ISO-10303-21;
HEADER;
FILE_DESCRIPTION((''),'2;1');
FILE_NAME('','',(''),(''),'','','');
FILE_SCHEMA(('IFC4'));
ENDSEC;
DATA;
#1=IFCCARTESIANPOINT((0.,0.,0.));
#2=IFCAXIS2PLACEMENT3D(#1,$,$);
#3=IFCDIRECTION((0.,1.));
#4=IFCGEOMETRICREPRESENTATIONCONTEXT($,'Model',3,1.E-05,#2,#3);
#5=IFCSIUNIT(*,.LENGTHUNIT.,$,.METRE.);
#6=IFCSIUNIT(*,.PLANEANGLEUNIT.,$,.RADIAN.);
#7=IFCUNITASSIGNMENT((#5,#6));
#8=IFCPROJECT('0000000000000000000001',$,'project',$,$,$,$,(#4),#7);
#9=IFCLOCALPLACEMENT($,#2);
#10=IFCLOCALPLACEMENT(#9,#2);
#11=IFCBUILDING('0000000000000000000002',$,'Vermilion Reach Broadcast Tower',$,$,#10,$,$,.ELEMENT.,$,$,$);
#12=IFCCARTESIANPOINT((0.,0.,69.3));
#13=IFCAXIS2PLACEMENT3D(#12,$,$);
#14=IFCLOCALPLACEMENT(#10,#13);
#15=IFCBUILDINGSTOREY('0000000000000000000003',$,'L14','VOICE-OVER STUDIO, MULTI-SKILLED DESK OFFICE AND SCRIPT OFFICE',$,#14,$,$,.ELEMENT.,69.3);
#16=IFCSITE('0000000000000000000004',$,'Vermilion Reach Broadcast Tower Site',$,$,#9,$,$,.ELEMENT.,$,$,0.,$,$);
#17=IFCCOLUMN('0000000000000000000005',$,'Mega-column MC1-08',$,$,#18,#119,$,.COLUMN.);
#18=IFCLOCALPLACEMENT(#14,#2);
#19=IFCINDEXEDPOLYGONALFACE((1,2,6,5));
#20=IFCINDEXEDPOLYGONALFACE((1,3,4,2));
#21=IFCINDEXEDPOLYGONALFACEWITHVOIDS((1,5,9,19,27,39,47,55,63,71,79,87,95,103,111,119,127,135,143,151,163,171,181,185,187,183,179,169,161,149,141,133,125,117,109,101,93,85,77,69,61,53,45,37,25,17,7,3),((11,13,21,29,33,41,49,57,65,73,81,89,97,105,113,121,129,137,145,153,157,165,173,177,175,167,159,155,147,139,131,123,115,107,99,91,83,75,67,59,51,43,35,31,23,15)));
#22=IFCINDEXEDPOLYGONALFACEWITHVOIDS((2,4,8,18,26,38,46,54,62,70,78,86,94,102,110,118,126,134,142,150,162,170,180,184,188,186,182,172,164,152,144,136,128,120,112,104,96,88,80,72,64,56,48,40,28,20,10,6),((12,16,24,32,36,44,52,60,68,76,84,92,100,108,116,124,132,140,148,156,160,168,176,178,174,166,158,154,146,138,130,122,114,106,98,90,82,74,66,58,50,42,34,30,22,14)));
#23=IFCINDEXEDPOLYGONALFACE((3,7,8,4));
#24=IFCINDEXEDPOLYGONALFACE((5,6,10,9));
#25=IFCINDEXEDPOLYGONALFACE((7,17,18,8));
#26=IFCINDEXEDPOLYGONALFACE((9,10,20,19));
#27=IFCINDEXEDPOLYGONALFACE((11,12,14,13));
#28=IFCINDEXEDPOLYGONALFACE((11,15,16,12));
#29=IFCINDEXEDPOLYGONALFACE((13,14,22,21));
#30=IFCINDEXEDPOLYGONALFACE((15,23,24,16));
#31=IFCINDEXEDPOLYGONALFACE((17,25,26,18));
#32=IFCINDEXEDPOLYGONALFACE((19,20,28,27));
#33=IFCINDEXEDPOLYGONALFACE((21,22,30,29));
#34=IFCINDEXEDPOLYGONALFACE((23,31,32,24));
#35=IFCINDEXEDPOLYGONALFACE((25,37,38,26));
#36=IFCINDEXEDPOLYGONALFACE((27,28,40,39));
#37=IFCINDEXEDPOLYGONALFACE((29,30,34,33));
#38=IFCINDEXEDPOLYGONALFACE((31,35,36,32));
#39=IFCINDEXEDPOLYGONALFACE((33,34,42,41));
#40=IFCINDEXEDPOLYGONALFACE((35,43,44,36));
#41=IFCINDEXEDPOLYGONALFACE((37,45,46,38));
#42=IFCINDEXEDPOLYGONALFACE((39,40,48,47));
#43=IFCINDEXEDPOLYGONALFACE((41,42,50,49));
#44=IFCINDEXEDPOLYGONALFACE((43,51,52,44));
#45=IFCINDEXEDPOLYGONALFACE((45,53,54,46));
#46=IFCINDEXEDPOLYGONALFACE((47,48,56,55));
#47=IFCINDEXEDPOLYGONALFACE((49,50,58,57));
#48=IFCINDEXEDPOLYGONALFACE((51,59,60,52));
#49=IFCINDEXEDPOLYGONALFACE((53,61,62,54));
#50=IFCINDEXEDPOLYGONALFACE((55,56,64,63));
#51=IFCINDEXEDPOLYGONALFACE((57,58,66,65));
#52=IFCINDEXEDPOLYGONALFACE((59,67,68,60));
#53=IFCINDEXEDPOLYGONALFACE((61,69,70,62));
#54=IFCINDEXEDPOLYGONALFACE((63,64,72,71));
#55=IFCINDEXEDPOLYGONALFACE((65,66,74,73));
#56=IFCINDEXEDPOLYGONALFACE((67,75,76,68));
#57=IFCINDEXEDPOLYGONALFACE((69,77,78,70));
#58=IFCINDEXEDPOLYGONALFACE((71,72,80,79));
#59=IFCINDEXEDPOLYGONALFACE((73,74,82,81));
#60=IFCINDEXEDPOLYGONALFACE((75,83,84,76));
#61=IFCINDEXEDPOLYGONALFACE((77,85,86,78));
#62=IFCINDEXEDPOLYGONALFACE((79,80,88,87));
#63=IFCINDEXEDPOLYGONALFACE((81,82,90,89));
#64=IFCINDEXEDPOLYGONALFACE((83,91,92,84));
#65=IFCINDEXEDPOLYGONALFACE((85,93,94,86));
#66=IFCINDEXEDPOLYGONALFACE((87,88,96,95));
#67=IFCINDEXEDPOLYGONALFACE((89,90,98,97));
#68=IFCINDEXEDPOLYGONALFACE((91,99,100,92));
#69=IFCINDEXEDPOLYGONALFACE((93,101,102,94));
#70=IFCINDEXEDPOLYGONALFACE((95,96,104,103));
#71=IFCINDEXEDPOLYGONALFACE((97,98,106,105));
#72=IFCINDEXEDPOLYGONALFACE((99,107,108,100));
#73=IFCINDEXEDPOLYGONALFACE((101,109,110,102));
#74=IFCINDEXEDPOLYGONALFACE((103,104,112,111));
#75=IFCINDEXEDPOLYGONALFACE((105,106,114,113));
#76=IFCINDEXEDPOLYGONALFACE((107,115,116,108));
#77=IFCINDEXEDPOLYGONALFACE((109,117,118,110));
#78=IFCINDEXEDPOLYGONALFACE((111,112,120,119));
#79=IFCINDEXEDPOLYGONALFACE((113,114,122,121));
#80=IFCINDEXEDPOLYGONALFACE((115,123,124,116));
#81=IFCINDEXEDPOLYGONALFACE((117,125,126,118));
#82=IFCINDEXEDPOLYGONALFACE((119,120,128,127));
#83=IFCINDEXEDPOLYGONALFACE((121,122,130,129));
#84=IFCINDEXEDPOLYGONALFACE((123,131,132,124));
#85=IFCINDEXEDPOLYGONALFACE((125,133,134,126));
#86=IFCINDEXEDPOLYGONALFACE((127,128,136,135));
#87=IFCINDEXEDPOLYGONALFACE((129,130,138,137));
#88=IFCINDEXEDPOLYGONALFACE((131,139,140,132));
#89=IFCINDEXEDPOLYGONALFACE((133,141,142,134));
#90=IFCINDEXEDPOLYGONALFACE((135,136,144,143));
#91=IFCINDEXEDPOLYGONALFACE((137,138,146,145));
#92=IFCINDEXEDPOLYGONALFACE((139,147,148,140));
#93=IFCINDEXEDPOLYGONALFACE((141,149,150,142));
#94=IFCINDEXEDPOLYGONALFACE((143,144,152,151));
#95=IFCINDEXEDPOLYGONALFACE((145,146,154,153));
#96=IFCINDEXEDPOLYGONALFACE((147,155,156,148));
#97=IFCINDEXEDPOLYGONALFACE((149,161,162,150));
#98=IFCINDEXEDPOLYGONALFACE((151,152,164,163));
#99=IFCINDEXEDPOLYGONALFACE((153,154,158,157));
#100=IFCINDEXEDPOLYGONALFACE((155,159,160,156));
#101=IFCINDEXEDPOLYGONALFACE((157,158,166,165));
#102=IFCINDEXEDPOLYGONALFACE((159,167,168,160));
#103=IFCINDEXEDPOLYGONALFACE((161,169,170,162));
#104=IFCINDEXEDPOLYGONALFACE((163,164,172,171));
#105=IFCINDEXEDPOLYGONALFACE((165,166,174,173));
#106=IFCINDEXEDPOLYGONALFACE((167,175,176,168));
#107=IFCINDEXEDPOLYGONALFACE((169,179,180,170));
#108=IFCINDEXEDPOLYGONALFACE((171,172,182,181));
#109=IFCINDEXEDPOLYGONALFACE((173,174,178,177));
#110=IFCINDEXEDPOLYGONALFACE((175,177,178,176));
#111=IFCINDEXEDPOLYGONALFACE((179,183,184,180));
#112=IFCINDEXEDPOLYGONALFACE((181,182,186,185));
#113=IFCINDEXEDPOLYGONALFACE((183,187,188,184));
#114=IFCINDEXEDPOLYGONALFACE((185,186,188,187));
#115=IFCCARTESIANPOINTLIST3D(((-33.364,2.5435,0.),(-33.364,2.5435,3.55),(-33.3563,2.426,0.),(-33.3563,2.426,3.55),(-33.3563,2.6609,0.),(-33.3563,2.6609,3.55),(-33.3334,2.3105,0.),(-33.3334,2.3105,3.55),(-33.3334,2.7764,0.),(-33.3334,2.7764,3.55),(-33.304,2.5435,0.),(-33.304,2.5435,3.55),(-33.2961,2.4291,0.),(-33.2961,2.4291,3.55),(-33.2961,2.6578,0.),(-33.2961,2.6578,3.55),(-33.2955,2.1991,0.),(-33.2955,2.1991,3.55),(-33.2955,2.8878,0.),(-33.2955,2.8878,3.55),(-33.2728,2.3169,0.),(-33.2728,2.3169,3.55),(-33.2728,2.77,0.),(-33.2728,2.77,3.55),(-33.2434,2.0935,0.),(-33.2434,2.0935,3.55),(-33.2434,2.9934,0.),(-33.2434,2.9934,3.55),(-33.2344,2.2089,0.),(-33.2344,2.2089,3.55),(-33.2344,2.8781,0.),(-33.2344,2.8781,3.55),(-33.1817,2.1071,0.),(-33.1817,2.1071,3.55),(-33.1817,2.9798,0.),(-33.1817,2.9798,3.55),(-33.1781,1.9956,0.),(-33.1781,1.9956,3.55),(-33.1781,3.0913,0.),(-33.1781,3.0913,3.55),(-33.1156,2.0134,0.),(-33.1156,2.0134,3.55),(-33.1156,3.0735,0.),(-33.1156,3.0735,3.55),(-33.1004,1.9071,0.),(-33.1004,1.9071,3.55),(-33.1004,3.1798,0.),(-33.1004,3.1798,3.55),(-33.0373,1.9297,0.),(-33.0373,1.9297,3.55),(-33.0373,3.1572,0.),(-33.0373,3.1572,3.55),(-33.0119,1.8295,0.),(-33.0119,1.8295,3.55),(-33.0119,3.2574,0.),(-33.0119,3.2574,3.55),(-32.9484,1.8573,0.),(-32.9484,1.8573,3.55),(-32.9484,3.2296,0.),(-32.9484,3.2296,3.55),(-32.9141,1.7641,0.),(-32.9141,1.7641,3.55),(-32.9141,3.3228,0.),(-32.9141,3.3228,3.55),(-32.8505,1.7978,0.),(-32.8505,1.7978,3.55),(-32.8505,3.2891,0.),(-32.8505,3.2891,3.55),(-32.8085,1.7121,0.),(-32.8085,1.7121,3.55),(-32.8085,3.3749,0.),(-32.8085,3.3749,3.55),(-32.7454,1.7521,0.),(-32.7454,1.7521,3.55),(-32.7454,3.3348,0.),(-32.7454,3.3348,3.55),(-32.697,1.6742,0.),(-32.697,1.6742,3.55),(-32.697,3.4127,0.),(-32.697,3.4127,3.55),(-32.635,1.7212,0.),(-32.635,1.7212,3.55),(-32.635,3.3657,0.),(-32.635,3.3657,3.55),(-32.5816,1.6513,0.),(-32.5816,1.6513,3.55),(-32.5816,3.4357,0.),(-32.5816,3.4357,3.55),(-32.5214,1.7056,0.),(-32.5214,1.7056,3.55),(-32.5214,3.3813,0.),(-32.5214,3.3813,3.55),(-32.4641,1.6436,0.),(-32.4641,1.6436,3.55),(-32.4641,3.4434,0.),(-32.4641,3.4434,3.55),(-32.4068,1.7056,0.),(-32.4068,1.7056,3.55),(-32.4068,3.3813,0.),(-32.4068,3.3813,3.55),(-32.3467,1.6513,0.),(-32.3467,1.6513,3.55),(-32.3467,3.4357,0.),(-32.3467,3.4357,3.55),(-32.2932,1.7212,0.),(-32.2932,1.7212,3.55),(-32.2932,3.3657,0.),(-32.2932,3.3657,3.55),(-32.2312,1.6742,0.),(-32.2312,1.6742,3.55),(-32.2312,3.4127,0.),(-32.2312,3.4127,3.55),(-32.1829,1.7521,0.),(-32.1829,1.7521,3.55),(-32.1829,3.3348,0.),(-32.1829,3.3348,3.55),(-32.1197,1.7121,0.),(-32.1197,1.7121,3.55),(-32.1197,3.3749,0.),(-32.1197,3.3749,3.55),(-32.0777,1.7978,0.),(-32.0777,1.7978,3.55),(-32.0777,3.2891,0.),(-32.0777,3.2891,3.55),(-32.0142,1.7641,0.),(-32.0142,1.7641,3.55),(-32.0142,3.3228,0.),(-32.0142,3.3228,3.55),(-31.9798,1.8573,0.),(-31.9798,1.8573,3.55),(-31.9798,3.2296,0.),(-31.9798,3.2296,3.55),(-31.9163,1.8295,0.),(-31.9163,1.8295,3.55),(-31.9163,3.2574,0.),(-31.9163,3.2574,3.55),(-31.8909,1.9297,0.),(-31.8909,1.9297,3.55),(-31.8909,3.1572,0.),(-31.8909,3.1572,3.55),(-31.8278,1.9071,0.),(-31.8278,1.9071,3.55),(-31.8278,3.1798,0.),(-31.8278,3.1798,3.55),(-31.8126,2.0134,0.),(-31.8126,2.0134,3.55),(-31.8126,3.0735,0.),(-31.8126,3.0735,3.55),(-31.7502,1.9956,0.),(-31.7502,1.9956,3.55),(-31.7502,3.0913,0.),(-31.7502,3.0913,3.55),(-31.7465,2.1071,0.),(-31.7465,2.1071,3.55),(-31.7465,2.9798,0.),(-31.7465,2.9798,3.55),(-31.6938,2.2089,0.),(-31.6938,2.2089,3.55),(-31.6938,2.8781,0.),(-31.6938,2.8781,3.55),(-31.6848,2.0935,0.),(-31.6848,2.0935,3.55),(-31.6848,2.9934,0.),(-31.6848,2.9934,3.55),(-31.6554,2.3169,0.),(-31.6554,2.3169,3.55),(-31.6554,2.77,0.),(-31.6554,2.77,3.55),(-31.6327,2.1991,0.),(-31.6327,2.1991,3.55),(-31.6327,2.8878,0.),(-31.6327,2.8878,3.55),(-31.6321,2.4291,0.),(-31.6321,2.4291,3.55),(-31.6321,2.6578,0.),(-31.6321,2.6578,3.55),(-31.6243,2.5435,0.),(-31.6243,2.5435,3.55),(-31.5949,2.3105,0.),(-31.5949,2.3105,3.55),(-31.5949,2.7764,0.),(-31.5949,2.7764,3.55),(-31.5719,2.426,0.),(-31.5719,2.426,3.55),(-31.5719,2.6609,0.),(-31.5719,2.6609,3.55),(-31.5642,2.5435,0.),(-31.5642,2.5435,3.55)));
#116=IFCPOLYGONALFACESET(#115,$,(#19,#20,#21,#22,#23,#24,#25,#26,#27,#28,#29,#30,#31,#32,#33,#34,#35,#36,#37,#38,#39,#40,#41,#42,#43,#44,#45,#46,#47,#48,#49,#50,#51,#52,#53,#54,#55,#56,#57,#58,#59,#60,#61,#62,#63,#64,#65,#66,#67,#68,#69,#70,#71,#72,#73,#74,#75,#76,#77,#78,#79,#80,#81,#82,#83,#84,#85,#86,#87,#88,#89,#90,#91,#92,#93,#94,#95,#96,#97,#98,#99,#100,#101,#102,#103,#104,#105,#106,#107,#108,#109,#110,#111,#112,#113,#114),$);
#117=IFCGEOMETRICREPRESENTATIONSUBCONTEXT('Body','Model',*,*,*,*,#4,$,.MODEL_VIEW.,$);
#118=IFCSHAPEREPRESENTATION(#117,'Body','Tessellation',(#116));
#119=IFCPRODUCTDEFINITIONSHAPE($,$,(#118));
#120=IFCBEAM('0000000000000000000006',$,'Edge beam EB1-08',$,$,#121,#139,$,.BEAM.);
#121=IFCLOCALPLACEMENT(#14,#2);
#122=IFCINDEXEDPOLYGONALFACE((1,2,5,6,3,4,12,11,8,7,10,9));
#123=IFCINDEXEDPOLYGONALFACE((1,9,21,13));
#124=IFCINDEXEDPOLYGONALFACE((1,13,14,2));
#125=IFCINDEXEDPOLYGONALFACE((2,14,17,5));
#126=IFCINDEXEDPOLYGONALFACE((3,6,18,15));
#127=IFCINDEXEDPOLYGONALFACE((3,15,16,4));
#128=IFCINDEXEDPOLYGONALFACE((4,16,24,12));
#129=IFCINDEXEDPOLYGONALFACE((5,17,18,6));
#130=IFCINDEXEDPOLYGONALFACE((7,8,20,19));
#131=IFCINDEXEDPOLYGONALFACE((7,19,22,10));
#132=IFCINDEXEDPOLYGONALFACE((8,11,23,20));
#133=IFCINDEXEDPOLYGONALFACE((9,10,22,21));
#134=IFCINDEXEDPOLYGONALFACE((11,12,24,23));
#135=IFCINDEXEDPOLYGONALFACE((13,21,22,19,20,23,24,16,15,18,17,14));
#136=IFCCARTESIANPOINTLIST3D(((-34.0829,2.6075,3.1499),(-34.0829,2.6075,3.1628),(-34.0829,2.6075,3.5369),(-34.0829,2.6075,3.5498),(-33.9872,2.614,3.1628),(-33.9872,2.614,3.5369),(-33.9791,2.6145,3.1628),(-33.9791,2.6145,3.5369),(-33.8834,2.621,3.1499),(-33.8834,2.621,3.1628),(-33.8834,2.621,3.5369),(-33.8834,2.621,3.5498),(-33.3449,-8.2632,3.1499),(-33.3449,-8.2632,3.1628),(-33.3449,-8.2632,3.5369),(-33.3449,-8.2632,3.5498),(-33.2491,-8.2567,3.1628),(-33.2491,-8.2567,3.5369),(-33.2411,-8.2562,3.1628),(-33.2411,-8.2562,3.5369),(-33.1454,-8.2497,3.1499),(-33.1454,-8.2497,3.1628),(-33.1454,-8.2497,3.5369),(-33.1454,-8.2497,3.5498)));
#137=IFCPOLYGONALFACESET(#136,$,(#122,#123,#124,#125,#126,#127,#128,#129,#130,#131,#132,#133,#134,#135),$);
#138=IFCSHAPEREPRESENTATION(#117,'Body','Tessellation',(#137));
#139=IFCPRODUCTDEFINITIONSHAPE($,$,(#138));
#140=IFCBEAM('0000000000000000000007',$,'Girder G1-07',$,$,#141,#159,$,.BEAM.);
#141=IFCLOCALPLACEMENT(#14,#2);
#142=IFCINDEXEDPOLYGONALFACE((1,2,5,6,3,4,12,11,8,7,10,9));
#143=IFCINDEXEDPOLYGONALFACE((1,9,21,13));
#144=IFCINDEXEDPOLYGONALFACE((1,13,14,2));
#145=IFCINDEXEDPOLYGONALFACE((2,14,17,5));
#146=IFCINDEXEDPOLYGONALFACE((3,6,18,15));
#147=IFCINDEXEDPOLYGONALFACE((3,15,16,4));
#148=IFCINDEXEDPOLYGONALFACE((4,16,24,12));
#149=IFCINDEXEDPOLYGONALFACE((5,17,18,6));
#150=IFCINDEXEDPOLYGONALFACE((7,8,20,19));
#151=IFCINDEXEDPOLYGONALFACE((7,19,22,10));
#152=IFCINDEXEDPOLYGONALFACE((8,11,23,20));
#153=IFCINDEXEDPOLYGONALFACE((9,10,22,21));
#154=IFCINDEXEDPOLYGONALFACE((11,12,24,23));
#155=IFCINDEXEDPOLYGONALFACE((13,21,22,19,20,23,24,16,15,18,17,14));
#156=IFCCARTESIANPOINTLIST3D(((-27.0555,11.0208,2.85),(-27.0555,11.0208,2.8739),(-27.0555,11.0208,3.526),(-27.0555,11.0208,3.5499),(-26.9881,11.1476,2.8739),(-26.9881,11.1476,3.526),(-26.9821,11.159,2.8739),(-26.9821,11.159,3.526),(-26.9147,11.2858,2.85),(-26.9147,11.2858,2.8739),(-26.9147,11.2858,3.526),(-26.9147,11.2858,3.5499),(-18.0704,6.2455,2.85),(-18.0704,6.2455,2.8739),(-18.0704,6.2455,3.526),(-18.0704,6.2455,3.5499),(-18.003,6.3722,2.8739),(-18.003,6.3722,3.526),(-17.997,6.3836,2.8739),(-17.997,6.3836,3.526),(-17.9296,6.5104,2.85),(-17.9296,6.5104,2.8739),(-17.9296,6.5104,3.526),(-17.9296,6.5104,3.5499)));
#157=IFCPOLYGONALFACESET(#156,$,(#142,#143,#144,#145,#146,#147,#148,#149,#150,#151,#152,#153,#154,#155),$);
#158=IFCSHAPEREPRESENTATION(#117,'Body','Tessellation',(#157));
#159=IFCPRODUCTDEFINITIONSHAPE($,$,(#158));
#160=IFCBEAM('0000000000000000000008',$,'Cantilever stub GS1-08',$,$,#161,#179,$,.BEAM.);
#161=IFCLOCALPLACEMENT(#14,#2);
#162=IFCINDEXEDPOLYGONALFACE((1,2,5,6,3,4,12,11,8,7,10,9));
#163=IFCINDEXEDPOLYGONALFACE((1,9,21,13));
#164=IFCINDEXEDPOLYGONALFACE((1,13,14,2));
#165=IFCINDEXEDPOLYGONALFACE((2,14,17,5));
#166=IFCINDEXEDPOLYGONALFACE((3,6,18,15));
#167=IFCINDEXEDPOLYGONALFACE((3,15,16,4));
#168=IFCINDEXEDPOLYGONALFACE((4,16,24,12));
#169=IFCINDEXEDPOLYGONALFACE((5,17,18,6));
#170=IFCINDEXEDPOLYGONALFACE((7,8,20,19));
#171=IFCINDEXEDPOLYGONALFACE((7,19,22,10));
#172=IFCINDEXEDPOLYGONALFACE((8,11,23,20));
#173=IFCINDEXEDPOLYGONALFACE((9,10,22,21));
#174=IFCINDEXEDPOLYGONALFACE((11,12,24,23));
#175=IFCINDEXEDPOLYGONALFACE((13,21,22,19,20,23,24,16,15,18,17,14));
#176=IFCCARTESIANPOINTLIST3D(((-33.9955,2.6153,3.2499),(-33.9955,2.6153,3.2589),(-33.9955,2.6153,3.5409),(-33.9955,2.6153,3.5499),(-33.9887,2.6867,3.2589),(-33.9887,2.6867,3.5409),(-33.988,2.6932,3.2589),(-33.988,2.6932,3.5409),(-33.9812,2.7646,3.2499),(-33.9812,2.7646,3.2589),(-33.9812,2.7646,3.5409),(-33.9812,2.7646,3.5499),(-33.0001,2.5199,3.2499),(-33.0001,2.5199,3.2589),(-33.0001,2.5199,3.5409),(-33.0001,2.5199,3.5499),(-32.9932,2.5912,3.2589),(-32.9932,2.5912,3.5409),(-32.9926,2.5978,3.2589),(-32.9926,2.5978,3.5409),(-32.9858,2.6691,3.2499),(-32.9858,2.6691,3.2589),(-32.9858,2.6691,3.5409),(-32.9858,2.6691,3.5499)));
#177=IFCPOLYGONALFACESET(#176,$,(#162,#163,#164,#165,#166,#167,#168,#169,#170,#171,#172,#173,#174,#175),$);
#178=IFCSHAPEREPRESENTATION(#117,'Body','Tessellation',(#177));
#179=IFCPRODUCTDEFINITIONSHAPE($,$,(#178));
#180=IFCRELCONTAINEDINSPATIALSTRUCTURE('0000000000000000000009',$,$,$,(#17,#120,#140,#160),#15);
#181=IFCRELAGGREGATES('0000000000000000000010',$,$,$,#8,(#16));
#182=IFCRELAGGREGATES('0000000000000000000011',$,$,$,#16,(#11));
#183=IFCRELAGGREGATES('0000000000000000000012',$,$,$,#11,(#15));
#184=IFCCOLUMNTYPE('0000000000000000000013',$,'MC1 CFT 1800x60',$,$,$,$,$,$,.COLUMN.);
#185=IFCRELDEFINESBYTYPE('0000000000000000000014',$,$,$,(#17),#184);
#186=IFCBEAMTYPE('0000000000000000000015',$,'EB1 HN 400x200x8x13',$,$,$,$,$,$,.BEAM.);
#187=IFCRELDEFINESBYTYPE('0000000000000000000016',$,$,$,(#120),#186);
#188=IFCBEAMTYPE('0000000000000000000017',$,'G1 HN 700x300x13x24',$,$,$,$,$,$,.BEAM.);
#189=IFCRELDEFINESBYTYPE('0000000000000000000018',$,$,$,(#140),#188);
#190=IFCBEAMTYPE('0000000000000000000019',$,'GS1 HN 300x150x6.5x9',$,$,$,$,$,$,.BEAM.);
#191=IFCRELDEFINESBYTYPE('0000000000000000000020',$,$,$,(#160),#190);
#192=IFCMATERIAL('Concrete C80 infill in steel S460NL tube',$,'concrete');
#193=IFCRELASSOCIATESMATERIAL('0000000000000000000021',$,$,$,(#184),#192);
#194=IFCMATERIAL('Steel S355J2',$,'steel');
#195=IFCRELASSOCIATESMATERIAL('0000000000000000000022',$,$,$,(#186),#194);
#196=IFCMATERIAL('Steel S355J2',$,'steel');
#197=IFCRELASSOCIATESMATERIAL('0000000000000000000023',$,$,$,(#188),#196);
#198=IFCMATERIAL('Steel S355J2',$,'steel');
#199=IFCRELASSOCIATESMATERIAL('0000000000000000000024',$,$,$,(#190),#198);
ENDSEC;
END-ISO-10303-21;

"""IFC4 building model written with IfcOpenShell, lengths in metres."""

from ifc_helpers import new_model, si_unit, direction, frame, origin, origin_2d, place, context, subcontext, project, spatial, hollow_circle, i_section, extrude, material, material_profile, profile_set, type_object, element, save


model = new_model("IFC4")

# Units and contexts
model_context = context("Model", 3, precision=1e-05, world=origin(), true_north=direction((0.0, 1.0)))
body_context = subcontext(model_context, "Body", "Model", "MODEL_VIEW")
ifc_project = project(units=[si_unit("LENGTHUNIT", "METRE"), si_unit("PLANEANGLEUNIT", "RADIAN")], contexts=[model_context])

# Site, building, storey
site_placement = place(None, origin())
site = spatial("IfcSite", under=ifc_project, at=site_placement, Name="Vermilion Reach Broadcast Tower Site", CompositionType="ELEMENT", RefElevation=0.0)
building_placement = place(site_placement, origin())
building = spatial("IfcBuilding", under=site, at=building_placement, Name="Vermilion Reach Broadcast Tower", CompositionType="ELEMENT")
storey_placement = place(building_placement, frame((0.0, 0.0, 69.3)))
storey = spatial("IfcBuildingStorey", under=building, at=storey_placement, Name="L14", Description="VOICE-OVER STUDIO, MULTI-SKILLED DESK OFFICE AND SCRIPT OFFICE", CompositionType="ELEMENT", Elevation=69.3)

# Column
ifc_material_1 = material(Name="Concrete C80 infill in steel S460NL tube", Category="concrete")
ifc_material_profile_1 = material_profile(ifc_material_1, hollow_circle(Radius=0.8999, WallThickness=0.0601, at=origin_2d()), Name="Concrete C80 infill in steel S460NL tube CFT 1800x60")
ifc_profile_set_1 = profile_set([ifc_material_profile_1], Name="Concrete C80 infill in steel S460NL tube")
column_type = type_object("IfcColumnType", Name="MC1 CFT 1800x60", PredefinedType="COLUMN", material=ifc_profile_set_1)
column_placement = place(storey_placement, frame((-32.4641, 2.5435, 0.0), z_axis=(0.0, 0.0, 1.0), x_axis=(1.0, 0.0, 0.0)))
element("IfcColumn", 1, at=column_placement, inside=storey, type_object=column_type, Name="Mega-column MC1-08", PredefinedType="COLUMN", context=body_context, shape_type="SweptSolid", body=[
    extrude(hollow_circle(Radius=0.8999, WallThickness=0.0601, at=origin_2d()), origin(), (0.0, 0.0, 1.0), 3.55),
])

# Beams
ifc_material_2 = material(Name="Steel S355J2", Category="steel")
ifc_material_profile_2 = material_profile(ifc_material_2, i_section(OverallWidth=0.2, OverallDepth=0.3999, WebThickness=0.0081, FlangeThickness=0.0129, at=origin_2d()), Name="S355J2 HN 400x200x8x13")
ifc_profile_set_2 = profile_set([ifc_material_profile_2], Name="Steel S355J2")
beam_type_1 = type_object("IfcBeamType", Name="EB1 HN 400x200x8x13", PredefinedType="BEAM", material=ifc_profile_set_2)
beam_1_placement = place(storey_placement, frame((-33.9832, 2.6143, 3.3499), z_axis=(0.067737, -0.997703, 0.0), x_axis=(0.997703, 0.067737, 0.0)))
element("IfcBeam", 2, at=beam_1_placement, inside=storey, type_object=beam_type_1, Name="Edge beam EB1-08", PredefinedType="BEAM", context=body_context, shape_type="SweptSolid", body=[
    extrude(i_section(OverallWidth=0.2, OverallDepth=0.3999, WebThickness=0.0081, FlangeThickness=0.0129, at=origin_2d()), origin(), (0.0, 0.0, 1.0), 10.8958),
])
ifc_material_3 = material(Name="Steel S355J2", Category="steel")
ifc_material_profile_3 = material_profile(ifc_material_3, i_section(OverallWidth=0.3, OverallDepth=0.7, WebThickness=0.0129, FlangeThickness=0.0239, at=origin_2d()), Name="S355J2 HN 700x300x13x24")
ifc_profile_set_3 = profile_set([ifc_material_profile_3], Name="Steel S355J2")
beam_type_2 = type_object("IfcBeamType", Name="G1 HN 700x300x13x24", PredefinedType="BEAM", material=ifc_profile_set_3)
beam_2_placement = place(storey_placement, frame((-18.0, 6.3779, 3.2), z_axis=(-0.883032, 0.469313, 0.0), x_axis=(-0.469313, -0.883032, 0.0)))
element("IfcBeam", 3, at=beam_2_placement, inside=storey, type_object=beam_type_2, Name="Girder G1-07", PredefinedType="BEAM", context=body_context, shape_type="SweptSolid", body=[
    extrude(i_section(OverallWidth=0.3, OverallDepth=0.7, WebThickness=0.0129, FlangeThickness=0.0239, at=origin_2d()), origin(), (0.0, 0.0, 1.0), 10.1753),
])
ifc_material_4 = material(Name="Steel S355J2", Category="steel")
ifc_material_profile_4 = material_profile(ifc_material_4, i_section(OverallWidth=0.1499, OverallDepth=0.3, WebThickness=0.0066, FlangeThickness=0.009, at=origin_2d()), Name="S355J2 HN 300x150x6.5x9")
ifc_profile_set_4 = profile_set([ifc_material_profile_4], Name="Steel S355J2")
beam_type_3 = type_object("IfcBeamType", Name="GS1 HN 300x150x6.5x9", PredefinedType="BEAM", material=ifc_profile_set_4)
beam_3_placement = place(storey_placement, frame((-32.9929, 2.5945, 3.3999), z_axis=(-0.995433, 0.095466, 0.0), x_axis=(-0.095466, -0.995433, 0.0)))
element("IfcBeam", 4, at=beam_3_placement, inside=storey, type_object=beam_type_3, Name="Cantilever stub GS1-08", PredefinedType="BEAM", context=body_context, shape_type="SweptSolid", body=[
    extrude(i_section(OverallWidth=0.1499, OverallDepth=0.3, WebThickness=0.0066, FlangeThickness=0.009, at=origin_2d()), origin(), (0.0, 0.0, 1.0), 1.0),
])

save(model, "model.ifc")
